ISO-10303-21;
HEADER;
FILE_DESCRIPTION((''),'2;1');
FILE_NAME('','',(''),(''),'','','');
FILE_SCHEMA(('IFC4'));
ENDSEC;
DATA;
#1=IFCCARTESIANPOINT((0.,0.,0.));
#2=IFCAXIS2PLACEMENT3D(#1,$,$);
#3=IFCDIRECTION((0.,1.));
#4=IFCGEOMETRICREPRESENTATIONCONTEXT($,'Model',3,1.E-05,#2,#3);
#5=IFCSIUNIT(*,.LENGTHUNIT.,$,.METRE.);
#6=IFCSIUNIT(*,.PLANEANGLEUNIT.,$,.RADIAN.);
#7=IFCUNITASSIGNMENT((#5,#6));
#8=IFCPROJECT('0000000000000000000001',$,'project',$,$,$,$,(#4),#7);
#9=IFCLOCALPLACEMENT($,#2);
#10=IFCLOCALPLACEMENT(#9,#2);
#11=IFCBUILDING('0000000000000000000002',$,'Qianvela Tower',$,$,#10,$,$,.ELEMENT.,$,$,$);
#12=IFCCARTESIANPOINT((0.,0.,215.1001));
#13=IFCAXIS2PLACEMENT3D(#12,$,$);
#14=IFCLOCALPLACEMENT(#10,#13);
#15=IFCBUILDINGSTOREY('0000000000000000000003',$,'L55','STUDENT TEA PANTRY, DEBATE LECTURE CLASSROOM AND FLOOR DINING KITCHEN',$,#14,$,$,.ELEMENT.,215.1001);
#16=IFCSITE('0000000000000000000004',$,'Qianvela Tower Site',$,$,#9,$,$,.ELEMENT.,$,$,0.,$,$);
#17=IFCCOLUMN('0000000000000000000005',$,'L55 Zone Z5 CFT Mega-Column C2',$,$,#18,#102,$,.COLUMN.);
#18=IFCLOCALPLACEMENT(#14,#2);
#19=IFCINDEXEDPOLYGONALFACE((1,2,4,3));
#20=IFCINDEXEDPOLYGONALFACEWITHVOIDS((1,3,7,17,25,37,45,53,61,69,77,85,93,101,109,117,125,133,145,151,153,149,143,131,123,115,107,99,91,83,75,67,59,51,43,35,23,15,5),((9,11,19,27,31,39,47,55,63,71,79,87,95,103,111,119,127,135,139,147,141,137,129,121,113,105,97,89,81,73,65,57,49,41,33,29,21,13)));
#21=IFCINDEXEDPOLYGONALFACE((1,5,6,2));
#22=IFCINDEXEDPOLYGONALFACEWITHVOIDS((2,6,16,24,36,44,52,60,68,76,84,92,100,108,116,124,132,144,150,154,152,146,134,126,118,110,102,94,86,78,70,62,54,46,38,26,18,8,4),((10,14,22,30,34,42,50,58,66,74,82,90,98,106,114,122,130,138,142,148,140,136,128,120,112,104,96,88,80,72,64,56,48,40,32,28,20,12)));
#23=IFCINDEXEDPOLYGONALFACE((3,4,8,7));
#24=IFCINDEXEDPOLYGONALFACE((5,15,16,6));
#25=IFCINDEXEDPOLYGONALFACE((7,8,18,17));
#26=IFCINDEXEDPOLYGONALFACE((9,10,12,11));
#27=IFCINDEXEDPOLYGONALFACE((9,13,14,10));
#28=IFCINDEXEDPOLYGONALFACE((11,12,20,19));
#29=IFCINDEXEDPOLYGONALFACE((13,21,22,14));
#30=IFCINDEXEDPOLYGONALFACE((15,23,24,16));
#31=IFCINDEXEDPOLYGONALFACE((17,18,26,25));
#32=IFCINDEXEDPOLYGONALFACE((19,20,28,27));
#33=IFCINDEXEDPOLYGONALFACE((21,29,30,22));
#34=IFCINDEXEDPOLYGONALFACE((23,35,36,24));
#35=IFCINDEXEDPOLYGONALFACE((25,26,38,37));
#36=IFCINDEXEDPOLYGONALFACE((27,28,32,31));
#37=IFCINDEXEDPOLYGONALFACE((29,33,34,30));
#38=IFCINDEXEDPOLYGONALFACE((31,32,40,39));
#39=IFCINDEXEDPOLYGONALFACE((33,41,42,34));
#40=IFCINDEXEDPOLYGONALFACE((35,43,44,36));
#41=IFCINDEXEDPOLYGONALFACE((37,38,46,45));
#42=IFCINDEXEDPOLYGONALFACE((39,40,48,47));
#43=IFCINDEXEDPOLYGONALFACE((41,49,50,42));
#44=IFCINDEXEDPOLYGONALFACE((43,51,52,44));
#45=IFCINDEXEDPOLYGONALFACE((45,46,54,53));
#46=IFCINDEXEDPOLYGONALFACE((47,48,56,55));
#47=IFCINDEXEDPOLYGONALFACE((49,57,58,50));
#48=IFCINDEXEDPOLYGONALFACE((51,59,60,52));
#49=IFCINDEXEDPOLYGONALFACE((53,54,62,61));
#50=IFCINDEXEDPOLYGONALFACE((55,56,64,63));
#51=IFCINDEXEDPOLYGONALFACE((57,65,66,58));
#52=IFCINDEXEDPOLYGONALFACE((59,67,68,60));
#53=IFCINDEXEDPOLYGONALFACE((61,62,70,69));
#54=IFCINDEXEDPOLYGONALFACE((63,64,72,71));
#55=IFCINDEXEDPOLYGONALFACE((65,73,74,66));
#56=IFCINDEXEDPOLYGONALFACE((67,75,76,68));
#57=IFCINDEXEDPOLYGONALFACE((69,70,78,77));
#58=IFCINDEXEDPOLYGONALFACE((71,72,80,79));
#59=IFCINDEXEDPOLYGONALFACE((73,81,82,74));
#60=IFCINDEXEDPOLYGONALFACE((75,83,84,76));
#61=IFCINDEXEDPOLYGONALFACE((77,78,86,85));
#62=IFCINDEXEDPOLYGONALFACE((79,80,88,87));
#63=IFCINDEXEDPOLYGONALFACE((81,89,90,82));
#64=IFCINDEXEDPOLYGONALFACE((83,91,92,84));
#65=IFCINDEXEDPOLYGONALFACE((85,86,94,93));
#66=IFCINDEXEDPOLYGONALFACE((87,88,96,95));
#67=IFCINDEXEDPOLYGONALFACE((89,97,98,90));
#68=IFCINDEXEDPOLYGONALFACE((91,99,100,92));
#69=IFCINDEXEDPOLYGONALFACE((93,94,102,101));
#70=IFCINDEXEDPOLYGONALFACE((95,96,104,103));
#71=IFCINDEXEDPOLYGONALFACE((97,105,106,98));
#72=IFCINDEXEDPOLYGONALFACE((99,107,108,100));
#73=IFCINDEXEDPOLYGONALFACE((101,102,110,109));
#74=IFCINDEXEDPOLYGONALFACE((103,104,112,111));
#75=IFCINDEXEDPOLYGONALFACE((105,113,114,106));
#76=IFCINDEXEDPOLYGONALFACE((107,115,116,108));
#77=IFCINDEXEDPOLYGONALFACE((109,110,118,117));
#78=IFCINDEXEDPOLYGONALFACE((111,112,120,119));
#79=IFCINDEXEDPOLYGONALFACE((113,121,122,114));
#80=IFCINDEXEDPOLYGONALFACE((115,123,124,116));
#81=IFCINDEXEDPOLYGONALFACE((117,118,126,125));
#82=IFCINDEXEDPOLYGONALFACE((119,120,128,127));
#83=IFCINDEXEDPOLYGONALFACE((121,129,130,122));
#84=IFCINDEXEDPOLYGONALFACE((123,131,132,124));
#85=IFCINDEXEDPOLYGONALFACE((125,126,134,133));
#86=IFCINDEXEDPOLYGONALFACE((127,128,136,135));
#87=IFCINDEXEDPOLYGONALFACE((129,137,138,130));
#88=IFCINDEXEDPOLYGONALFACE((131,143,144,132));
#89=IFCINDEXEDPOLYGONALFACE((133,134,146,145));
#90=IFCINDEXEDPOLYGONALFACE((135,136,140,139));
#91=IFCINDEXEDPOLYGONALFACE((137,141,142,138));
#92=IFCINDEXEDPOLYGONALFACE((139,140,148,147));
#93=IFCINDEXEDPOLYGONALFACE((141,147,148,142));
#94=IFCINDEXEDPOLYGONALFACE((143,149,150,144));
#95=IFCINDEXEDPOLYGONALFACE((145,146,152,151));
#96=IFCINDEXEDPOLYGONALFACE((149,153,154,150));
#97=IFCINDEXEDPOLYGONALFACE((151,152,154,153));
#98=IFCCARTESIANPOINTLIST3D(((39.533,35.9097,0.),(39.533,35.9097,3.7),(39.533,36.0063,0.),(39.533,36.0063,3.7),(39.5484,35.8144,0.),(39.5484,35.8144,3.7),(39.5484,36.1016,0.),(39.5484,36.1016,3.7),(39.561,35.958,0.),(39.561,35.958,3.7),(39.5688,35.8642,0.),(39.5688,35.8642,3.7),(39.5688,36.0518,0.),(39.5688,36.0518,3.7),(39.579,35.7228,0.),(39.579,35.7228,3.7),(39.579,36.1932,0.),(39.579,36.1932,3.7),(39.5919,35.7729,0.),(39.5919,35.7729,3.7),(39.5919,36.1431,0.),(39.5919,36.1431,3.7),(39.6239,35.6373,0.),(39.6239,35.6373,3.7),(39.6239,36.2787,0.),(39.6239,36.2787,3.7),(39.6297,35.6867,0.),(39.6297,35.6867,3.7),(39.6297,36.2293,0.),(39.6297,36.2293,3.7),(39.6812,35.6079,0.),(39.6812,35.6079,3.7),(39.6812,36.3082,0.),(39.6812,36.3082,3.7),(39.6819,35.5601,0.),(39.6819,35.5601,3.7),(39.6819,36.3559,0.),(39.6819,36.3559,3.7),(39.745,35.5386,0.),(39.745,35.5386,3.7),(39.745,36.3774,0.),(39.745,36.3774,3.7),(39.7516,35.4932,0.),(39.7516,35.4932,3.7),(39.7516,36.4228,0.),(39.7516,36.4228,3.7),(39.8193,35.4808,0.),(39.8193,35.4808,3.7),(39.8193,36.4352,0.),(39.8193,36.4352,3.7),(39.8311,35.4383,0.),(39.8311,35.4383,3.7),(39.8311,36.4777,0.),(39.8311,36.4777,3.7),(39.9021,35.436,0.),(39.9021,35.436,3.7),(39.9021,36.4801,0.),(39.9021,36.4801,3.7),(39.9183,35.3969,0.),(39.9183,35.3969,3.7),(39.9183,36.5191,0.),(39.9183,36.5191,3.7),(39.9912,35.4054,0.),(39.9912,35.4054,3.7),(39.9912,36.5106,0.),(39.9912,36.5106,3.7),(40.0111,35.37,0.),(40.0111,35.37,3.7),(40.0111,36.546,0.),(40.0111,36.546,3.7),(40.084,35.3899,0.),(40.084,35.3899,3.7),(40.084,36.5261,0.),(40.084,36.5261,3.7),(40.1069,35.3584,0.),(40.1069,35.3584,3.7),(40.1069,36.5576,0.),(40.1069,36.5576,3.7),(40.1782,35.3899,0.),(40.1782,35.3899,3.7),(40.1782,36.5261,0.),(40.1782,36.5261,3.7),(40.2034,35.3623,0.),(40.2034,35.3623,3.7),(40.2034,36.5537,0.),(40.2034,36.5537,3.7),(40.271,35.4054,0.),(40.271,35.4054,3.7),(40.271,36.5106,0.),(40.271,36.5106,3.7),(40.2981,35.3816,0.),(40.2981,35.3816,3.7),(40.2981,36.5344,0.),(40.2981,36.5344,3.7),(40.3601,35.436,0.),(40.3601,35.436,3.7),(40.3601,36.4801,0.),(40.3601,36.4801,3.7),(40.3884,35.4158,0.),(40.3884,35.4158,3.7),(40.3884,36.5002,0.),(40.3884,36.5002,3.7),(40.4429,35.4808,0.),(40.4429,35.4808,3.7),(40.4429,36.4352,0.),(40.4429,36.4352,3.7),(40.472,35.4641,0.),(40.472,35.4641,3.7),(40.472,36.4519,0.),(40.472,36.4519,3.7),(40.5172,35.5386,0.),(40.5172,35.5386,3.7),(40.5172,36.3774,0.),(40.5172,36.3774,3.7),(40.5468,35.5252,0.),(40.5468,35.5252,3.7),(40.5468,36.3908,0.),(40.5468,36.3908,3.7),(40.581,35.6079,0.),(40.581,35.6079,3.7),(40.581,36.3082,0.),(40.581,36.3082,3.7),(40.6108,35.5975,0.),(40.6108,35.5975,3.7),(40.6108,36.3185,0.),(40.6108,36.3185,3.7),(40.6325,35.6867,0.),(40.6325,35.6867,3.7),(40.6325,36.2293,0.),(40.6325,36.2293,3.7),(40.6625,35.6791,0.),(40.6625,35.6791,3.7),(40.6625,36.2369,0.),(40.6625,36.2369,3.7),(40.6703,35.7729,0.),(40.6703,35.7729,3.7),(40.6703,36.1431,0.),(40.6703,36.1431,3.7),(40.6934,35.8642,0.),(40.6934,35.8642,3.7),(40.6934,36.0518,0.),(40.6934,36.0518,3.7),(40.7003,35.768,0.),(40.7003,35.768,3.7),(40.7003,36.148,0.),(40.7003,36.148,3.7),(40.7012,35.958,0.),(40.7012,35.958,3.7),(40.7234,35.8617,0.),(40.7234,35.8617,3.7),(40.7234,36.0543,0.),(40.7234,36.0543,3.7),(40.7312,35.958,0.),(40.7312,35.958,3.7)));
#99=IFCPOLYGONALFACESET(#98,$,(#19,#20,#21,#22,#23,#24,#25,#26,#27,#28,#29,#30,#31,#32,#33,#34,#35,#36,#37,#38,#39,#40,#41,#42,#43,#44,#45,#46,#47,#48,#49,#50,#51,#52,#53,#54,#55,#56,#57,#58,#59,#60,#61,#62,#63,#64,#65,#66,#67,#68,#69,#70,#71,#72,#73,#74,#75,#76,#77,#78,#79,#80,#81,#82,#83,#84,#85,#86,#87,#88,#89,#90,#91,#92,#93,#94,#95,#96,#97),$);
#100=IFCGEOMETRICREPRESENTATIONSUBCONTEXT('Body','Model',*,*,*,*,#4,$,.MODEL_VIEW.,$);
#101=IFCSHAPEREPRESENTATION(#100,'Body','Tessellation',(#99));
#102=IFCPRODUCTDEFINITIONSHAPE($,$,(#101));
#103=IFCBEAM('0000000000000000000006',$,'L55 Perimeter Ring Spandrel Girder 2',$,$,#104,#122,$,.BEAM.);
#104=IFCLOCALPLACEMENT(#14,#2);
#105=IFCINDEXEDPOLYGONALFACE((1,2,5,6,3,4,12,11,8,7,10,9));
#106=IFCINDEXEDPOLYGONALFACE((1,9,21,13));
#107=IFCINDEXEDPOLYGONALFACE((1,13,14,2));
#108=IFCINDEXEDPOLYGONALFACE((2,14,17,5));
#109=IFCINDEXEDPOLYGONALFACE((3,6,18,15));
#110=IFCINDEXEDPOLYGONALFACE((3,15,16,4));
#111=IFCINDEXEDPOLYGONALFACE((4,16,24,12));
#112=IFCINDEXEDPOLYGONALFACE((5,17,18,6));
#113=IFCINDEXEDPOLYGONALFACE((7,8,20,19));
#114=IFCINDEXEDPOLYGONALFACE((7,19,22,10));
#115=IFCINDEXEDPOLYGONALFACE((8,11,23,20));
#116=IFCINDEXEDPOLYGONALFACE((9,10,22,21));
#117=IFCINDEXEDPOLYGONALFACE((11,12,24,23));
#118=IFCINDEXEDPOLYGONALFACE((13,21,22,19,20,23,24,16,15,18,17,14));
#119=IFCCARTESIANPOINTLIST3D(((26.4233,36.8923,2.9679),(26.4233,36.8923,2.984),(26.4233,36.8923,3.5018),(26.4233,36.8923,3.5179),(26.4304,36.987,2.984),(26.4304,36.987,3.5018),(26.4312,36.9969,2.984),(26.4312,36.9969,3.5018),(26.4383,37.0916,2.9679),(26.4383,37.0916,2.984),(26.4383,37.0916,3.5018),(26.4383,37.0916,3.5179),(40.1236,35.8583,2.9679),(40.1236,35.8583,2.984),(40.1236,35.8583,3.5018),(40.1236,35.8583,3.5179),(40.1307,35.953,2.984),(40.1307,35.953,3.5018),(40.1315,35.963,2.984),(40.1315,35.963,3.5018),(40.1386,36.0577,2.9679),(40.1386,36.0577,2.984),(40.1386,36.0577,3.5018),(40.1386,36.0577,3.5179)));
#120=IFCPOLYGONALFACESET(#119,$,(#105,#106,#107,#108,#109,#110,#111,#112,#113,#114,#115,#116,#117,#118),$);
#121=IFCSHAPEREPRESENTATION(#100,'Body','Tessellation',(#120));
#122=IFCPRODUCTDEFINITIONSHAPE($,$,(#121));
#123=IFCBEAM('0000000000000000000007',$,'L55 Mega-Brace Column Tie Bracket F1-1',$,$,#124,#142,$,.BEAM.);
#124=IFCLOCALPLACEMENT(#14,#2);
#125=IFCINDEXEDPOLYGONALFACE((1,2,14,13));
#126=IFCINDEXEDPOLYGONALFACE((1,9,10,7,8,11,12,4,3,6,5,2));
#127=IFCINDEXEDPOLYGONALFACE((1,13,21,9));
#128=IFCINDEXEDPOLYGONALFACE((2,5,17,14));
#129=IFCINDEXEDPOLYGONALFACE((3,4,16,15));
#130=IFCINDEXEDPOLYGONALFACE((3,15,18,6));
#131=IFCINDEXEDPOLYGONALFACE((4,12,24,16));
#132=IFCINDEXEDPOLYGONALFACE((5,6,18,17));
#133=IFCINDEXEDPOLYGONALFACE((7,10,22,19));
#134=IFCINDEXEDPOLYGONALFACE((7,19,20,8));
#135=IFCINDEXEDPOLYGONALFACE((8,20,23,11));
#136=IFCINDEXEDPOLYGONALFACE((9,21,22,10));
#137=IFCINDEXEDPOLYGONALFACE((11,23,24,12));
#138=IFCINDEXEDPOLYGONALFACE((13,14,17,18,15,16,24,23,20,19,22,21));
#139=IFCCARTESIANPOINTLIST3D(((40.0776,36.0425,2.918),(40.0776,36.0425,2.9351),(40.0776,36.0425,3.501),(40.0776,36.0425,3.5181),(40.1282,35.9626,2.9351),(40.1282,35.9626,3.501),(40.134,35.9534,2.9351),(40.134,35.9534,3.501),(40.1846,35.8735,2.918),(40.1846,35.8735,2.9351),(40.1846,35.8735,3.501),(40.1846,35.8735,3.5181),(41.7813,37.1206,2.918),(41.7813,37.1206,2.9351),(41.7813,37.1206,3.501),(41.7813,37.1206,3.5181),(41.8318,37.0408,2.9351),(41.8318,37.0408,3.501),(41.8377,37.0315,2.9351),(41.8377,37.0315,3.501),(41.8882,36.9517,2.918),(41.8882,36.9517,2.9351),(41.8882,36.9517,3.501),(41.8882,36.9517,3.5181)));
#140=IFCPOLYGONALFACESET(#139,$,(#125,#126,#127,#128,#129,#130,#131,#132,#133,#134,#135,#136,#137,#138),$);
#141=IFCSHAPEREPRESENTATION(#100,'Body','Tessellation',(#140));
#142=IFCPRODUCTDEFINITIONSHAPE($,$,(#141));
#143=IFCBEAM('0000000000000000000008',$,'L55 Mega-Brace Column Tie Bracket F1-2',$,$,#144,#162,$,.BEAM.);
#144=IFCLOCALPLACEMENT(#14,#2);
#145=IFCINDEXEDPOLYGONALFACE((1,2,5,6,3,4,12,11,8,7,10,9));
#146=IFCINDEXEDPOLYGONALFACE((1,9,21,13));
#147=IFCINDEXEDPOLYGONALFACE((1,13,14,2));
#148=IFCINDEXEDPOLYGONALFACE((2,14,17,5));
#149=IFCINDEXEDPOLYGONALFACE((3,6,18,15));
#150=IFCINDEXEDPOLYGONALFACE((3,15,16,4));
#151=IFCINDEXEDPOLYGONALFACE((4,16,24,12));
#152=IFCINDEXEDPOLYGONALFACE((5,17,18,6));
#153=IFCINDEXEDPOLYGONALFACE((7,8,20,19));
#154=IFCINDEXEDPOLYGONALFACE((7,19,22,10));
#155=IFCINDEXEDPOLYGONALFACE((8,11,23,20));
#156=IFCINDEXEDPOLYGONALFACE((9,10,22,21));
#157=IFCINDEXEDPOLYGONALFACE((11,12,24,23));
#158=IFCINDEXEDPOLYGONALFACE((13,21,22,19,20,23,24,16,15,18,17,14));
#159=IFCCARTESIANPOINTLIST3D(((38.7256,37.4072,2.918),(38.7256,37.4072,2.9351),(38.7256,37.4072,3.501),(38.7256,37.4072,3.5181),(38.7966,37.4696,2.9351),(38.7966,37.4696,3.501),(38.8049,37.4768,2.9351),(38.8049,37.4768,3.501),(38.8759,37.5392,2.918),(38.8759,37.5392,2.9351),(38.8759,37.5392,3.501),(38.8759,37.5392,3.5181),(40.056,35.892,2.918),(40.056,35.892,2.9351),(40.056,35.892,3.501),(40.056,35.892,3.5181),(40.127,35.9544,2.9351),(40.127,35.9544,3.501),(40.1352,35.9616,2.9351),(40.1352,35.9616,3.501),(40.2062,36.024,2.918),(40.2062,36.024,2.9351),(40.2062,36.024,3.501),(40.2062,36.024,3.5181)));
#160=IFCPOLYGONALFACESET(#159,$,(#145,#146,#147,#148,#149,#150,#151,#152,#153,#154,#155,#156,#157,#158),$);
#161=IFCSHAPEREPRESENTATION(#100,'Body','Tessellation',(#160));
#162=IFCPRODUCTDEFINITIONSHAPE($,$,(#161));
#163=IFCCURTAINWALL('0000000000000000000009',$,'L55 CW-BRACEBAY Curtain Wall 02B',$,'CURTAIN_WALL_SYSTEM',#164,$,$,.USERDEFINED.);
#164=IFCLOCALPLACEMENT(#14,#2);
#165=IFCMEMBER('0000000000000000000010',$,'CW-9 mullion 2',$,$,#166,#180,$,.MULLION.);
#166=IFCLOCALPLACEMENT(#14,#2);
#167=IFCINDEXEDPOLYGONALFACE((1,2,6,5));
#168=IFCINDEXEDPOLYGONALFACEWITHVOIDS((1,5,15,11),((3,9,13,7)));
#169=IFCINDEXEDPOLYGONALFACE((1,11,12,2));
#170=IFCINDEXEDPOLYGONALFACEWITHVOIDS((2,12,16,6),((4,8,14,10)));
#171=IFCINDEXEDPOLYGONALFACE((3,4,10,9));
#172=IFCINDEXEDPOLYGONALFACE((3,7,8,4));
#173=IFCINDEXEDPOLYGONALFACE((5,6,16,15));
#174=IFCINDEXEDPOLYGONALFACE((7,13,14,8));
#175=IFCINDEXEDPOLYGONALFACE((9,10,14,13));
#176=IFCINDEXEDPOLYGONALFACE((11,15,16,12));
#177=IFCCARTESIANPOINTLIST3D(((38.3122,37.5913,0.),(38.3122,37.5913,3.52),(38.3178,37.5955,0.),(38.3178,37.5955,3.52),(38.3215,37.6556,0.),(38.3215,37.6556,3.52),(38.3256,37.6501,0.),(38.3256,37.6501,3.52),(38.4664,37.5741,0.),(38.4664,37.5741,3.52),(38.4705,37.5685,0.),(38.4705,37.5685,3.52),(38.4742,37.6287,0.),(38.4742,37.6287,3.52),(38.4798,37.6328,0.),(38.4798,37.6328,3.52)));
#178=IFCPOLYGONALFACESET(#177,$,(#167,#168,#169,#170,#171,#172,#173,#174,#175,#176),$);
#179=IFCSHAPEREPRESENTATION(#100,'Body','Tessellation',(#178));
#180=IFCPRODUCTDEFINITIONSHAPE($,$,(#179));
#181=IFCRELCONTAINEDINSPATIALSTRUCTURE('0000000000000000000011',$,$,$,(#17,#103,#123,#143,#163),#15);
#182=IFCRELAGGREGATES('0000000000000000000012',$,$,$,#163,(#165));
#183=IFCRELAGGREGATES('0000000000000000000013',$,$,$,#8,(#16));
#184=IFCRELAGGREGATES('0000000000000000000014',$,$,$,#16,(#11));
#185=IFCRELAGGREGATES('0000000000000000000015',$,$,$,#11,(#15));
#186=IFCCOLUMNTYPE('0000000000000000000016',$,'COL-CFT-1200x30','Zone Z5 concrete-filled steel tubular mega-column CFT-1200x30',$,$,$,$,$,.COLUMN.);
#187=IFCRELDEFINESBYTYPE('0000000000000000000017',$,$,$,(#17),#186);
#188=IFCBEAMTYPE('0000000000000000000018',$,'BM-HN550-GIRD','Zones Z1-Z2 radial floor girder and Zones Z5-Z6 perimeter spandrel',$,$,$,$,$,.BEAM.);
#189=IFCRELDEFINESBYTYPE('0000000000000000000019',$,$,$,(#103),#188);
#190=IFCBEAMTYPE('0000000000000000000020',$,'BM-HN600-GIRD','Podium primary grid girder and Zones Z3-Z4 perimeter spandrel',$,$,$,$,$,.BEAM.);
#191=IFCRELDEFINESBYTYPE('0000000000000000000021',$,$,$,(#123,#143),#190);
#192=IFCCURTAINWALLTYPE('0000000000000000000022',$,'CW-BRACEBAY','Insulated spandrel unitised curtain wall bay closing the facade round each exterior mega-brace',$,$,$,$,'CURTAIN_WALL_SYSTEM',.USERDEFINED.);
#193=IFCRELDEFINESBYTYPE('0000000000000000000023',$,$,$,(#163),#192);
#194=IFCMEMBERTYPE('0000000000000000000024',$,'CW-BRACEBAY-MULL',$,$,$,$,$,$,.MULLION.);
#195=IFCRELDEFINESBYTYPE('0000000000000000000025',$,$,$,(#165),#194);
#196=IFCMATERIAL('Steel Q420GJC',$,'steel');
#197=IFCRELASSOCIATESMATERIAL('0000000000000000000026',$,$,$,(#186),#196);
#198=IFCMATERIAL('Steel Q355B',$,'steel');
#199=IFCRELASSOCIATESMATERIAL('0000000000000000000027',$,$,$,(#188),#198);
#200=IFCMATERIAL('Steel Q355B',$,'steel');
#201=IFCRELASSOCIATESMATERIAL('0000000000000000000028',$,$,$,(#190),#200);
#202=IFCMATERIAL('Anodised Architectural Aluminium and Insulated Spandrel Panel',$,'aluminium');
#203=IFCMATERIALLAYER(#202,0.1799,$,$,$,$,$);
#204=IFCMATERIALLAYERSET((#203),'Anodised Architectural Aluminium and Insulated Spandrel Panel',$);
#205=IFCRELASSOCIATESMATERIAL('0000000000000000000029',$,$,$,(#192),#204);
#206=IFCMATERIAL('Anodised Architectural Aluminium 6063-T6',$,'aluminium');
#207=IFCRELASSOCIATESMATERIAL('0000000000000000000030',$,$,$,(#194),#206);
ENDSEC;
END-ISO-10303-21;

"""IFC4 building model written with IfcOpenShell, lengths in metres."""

from ifc_helpers import new_model, si_unit, direction, frame, origin, origin_2d, place, context, subcontext, project, spatial, hollow_rectangle, hollow_circle, i_section, extrude, material, layer, layer_set, material_profile, profile_set, type_object, element, aggregate, save


model = new_model("IFC4")

# Units and contexts
model_context = context("Model", 3, precision=1e-05, world=origin(), true_north=direction((0.0, 1.0)))
body_context = subcontext(model_context, "Body", "Model", "MODEL_VIEW")
ifc_project = project(units=[si_unit("LENGTHUNIT", "METRE"), si_unit("PLANEANGLEUNIT", "RADIAN")], contexts=[model_context])

# Site, building, storey
site_placement = place(None, origin())
site = spatial("IfcSite", under=ifc_project, at=site_placement, Name="Qianvela Tower Site", CompositionType="ELEMENT", RefElevation=0.0)
building_placement = place(site_placement, origin())
building = spatial("IfcBuilding", under=site, at=building_placement, Name="Qianvela Tower", CompositionType="ELEMENT")
storey_placement = place(building_placement, frame((0.0, 0.0, 215.1001)))
storey = spatial("IfcBuildingStorey", under=building, at=storey_placement, Name="L55", Description="STUDENT TEA PANTRY, DEBATE LECTURE CLASSROOM AND FLOOR DINING KITCHEN", CompositionType="ELEMENT", Elevation=215.1001)

# Column
ifc_material_1 = material(Name="Steel Q420GJC", Category="steel")
ifc_material_profile_1 = material_profile(ifc_material_1, hollow_circle(Radius=0.6001, WallThickness=0.03, at=origin_2d()), Name="CFT-1200x30")
ifc_profile_set_1 = profile_set([ifc_material_profile_1], Name="Steel Q420GJC")
column_type = type_object("IfcColumnType", Name="COL-CFT-1200x30", Description="Zone Z5 concrete-filled steel tubular mega-column CFT-1200x30", PredefinedType="COLUMN", material=ifc_profile_set_1)
column_placement = place(storey_placement, frame((40.1311, 35.958, 0.0), z_axis=(0.0, 0.0, 1.0), x_axis=(1.0, 0.0, 0.0)))
element("IfcColumn", 1, at=column_placement, inside=storey, type_object=column_type, Name="L55 Zone Z5 CFT Mega-Column C2", PredefinedType="COLUMN", context=body_context, shape_type="SweptSolid", body=[
    extrude(hollow_circle(Radius=0.6001, WallThickness=0.03, at=origin_2d()), origin(), (0.0, 0.0, 1.0), 3.7),
])

# Beams
ifc_material_2 = material(Name="Steel Q355B", Category="steel")
ifc_material_profile_2 = material_profile(ifc_material_2, i_section(OverallWidth=0.2, OverallDepth=0.55, WebThickness=0.01, FlangeThickness=0.0161, at=origin_2d()), Name="HN550x200x10x16")
ifc_profile_set_2 = profile_set([ifc_material_profile_2], Name="Steel Q355B")
beam_type_1 = type_object("IfcBeamType", Name="BM-HN550-GIRD", Description="Zones Z1-Z2 radial floor girder and Zones Z5-Z6 perimeter spandrel", PredefinedType="BEAM", material=ifc_profile_set_2)
beam_1_placement = place(storey_placement, frame((40.1311, 35.958, 3.2429), z_axis=(-0.997164, 0.075255, 0.0), x_axis=(-0.075255, -0.997164, 0.0)))
element("IfcBeam", 2, at=beam_1_placement, inside=storey, type_object=beam_type_1, Name="L55 Perimeter Ring Spandrel Girder 2", PredefinedType="BEAM", context=body_context, shape_type="SweptSolid", body=[
    extrude(i_section(OverallWidth=0.2, OverallDepth=0.55, WebThickness=0.01, FlangeThickness=0.0161, at=origin_2d()), origin(), (0.0, 0.0, 1.0), 13.7393),
])
ifc_material_3 = material(Name="Steel Q355B", Category="steel")
ifc_material_profile_3 = material_profile(ifc_material_3, i_section(OverallWidth=0.2, OverallDepth=0.6001, WebThickness=0.011, FlangeThickness=0.0171, at=origin_2d()), Name="HN600x200x11x17")
ifc_profile_set_3 = profile_set([ifc_material_profile_3], Name="Steel Q355B")
beam_type_2 = type_object("IfcBeamType", Name="BM-HN600-GIRD", Description="Podium primary grid girder and Zones Z3-Z4 perimeter spandrel", PredefinedType="BEAM", material=ifc_profile_set_3)
beam_2_placement = place(storey_placement, frame((40.1311, 35.958, 3.218), z_axis=(0.845005, 0.534758, 0.0), x_axis=(-0.534758, 0.845005, 0.0)))
element("IfcBeam", 3, at=beam_2_placement, inside=storey, type_object=beam_type_2, Name="L55 Mega-Brace Column Tie Bracket F1-1", PredefinedType="BEAM", context=body_context, shape_type="SweptSolid", body=[
    extrude(i_section(OverallWidth=0.2, OverallDepth=0.6001, WebThickness=0.011, FlangeThickness=0.0171, at=origin_2d()), origin(), (0.0, 0.0, 1.0), 2.0161),
])
beam_3_placement = place(storey_placement, frame((40.1311, 35.958, 3.218), z_axis=(-0.659789, 0.75145, 0.0), x_axis=(-0.75145, -0.659789, 0.0)))
element("IfcBeam", 4, at=beam_3_placement, inside=storey, type_object=beam_type_2, Name="L55 Mega-Brace Column Tie Bracket F1-2", PredefinedType="BEAM", context=body_context, shape_type="SweptSolid", body=[
    extrude(i_section(OverallWidth=0.2, OverallDepth=0.6001, WebThickness=0.011, FlangeThickness=0.0171, at=origin_2d()), origin(), (0.0, 0.0, 1.0), 2.0164),
])

# Curtain wall, member
ifc_material_4 = material(Name="Anodised Architectural Aluminium and Insulated Spandrel Panel", Category="aluminium")
ifc_layer_1 = layer(ifc_material_4, 0.1799)
ifc_layer_set_1 = layer_set([ifc_layer_1], Name="Anodised Architectural Aluminium and Insulated Spandrel Panel")
curtain_wall_type_1 = type_object("IfcCurtainWallType", Name="CW-BRACEBAY", Description="Insulated spandrel unitised curtain wall bay closing the facade round each exterior mega-brace", ElementType="CURTAIN_WALL_SYSTEM", PredefinedType="USERDEFINED", material=ifc_layer_set_1)
curtain_wall_1_placement = place(storey_placement, origin())
curtain_wall_1 = element("IfcCurtainWall", 5, at=curtain_wall_1_placement, inside=storey, type_object=curtain_wall_type_1, Name="L55 CW-BRACEBAY Curtain Wall 02B", ObjectType="CURTAIN_WALL_SYSTEM", PredefinedType="USERDEFINED")
ifc_material_5 = material(Name="Anodised Architectural Aluminium 6063-T6", Category="aluminium")
ifc_material_profile_4 = material_profile(ifc_material_5, hollow_rectangle(XDim=0.0649, YDim=0.1599, WallThickness=0.0049, at=origin_2d()), Name="ALU-MULL-65x160")
ifc_profile_set_4 = profile_set([ifc_material_profile_4], Name="Anodised Architectural Aluminium 6063-T6")
member_type_1 = type_object("IfcMemberType", Name="CW-BRACEBAY-MULL", PredefinedType="MULLION", material=ifc_profile_set_4)
member_1_placement = place(storey_placement, frame((38.396, 37.6121, 0.0), z_axis=(0.0, 0.0, 1.0), x_axis=(-0.142518, -0.989792, 0.0)))
member_1 = element("IfcMember", 6, at=member_1_placement, type_object=member_type_1, Name="CW-9 mullion 2", PredefinedType="MULLION", context=body_context, shape_type="SweptSolid", body=[
    extrude(hollow_rectangle(XDim=0.0649, YDim=0.1599, WallThickness=0.0049, at=origin_2d()), origin(), (0.0, 0.0, 1.0), 3.52),
])

aggregate(curtain_wall_1, [member_1])

save(model, "model.ifc")
